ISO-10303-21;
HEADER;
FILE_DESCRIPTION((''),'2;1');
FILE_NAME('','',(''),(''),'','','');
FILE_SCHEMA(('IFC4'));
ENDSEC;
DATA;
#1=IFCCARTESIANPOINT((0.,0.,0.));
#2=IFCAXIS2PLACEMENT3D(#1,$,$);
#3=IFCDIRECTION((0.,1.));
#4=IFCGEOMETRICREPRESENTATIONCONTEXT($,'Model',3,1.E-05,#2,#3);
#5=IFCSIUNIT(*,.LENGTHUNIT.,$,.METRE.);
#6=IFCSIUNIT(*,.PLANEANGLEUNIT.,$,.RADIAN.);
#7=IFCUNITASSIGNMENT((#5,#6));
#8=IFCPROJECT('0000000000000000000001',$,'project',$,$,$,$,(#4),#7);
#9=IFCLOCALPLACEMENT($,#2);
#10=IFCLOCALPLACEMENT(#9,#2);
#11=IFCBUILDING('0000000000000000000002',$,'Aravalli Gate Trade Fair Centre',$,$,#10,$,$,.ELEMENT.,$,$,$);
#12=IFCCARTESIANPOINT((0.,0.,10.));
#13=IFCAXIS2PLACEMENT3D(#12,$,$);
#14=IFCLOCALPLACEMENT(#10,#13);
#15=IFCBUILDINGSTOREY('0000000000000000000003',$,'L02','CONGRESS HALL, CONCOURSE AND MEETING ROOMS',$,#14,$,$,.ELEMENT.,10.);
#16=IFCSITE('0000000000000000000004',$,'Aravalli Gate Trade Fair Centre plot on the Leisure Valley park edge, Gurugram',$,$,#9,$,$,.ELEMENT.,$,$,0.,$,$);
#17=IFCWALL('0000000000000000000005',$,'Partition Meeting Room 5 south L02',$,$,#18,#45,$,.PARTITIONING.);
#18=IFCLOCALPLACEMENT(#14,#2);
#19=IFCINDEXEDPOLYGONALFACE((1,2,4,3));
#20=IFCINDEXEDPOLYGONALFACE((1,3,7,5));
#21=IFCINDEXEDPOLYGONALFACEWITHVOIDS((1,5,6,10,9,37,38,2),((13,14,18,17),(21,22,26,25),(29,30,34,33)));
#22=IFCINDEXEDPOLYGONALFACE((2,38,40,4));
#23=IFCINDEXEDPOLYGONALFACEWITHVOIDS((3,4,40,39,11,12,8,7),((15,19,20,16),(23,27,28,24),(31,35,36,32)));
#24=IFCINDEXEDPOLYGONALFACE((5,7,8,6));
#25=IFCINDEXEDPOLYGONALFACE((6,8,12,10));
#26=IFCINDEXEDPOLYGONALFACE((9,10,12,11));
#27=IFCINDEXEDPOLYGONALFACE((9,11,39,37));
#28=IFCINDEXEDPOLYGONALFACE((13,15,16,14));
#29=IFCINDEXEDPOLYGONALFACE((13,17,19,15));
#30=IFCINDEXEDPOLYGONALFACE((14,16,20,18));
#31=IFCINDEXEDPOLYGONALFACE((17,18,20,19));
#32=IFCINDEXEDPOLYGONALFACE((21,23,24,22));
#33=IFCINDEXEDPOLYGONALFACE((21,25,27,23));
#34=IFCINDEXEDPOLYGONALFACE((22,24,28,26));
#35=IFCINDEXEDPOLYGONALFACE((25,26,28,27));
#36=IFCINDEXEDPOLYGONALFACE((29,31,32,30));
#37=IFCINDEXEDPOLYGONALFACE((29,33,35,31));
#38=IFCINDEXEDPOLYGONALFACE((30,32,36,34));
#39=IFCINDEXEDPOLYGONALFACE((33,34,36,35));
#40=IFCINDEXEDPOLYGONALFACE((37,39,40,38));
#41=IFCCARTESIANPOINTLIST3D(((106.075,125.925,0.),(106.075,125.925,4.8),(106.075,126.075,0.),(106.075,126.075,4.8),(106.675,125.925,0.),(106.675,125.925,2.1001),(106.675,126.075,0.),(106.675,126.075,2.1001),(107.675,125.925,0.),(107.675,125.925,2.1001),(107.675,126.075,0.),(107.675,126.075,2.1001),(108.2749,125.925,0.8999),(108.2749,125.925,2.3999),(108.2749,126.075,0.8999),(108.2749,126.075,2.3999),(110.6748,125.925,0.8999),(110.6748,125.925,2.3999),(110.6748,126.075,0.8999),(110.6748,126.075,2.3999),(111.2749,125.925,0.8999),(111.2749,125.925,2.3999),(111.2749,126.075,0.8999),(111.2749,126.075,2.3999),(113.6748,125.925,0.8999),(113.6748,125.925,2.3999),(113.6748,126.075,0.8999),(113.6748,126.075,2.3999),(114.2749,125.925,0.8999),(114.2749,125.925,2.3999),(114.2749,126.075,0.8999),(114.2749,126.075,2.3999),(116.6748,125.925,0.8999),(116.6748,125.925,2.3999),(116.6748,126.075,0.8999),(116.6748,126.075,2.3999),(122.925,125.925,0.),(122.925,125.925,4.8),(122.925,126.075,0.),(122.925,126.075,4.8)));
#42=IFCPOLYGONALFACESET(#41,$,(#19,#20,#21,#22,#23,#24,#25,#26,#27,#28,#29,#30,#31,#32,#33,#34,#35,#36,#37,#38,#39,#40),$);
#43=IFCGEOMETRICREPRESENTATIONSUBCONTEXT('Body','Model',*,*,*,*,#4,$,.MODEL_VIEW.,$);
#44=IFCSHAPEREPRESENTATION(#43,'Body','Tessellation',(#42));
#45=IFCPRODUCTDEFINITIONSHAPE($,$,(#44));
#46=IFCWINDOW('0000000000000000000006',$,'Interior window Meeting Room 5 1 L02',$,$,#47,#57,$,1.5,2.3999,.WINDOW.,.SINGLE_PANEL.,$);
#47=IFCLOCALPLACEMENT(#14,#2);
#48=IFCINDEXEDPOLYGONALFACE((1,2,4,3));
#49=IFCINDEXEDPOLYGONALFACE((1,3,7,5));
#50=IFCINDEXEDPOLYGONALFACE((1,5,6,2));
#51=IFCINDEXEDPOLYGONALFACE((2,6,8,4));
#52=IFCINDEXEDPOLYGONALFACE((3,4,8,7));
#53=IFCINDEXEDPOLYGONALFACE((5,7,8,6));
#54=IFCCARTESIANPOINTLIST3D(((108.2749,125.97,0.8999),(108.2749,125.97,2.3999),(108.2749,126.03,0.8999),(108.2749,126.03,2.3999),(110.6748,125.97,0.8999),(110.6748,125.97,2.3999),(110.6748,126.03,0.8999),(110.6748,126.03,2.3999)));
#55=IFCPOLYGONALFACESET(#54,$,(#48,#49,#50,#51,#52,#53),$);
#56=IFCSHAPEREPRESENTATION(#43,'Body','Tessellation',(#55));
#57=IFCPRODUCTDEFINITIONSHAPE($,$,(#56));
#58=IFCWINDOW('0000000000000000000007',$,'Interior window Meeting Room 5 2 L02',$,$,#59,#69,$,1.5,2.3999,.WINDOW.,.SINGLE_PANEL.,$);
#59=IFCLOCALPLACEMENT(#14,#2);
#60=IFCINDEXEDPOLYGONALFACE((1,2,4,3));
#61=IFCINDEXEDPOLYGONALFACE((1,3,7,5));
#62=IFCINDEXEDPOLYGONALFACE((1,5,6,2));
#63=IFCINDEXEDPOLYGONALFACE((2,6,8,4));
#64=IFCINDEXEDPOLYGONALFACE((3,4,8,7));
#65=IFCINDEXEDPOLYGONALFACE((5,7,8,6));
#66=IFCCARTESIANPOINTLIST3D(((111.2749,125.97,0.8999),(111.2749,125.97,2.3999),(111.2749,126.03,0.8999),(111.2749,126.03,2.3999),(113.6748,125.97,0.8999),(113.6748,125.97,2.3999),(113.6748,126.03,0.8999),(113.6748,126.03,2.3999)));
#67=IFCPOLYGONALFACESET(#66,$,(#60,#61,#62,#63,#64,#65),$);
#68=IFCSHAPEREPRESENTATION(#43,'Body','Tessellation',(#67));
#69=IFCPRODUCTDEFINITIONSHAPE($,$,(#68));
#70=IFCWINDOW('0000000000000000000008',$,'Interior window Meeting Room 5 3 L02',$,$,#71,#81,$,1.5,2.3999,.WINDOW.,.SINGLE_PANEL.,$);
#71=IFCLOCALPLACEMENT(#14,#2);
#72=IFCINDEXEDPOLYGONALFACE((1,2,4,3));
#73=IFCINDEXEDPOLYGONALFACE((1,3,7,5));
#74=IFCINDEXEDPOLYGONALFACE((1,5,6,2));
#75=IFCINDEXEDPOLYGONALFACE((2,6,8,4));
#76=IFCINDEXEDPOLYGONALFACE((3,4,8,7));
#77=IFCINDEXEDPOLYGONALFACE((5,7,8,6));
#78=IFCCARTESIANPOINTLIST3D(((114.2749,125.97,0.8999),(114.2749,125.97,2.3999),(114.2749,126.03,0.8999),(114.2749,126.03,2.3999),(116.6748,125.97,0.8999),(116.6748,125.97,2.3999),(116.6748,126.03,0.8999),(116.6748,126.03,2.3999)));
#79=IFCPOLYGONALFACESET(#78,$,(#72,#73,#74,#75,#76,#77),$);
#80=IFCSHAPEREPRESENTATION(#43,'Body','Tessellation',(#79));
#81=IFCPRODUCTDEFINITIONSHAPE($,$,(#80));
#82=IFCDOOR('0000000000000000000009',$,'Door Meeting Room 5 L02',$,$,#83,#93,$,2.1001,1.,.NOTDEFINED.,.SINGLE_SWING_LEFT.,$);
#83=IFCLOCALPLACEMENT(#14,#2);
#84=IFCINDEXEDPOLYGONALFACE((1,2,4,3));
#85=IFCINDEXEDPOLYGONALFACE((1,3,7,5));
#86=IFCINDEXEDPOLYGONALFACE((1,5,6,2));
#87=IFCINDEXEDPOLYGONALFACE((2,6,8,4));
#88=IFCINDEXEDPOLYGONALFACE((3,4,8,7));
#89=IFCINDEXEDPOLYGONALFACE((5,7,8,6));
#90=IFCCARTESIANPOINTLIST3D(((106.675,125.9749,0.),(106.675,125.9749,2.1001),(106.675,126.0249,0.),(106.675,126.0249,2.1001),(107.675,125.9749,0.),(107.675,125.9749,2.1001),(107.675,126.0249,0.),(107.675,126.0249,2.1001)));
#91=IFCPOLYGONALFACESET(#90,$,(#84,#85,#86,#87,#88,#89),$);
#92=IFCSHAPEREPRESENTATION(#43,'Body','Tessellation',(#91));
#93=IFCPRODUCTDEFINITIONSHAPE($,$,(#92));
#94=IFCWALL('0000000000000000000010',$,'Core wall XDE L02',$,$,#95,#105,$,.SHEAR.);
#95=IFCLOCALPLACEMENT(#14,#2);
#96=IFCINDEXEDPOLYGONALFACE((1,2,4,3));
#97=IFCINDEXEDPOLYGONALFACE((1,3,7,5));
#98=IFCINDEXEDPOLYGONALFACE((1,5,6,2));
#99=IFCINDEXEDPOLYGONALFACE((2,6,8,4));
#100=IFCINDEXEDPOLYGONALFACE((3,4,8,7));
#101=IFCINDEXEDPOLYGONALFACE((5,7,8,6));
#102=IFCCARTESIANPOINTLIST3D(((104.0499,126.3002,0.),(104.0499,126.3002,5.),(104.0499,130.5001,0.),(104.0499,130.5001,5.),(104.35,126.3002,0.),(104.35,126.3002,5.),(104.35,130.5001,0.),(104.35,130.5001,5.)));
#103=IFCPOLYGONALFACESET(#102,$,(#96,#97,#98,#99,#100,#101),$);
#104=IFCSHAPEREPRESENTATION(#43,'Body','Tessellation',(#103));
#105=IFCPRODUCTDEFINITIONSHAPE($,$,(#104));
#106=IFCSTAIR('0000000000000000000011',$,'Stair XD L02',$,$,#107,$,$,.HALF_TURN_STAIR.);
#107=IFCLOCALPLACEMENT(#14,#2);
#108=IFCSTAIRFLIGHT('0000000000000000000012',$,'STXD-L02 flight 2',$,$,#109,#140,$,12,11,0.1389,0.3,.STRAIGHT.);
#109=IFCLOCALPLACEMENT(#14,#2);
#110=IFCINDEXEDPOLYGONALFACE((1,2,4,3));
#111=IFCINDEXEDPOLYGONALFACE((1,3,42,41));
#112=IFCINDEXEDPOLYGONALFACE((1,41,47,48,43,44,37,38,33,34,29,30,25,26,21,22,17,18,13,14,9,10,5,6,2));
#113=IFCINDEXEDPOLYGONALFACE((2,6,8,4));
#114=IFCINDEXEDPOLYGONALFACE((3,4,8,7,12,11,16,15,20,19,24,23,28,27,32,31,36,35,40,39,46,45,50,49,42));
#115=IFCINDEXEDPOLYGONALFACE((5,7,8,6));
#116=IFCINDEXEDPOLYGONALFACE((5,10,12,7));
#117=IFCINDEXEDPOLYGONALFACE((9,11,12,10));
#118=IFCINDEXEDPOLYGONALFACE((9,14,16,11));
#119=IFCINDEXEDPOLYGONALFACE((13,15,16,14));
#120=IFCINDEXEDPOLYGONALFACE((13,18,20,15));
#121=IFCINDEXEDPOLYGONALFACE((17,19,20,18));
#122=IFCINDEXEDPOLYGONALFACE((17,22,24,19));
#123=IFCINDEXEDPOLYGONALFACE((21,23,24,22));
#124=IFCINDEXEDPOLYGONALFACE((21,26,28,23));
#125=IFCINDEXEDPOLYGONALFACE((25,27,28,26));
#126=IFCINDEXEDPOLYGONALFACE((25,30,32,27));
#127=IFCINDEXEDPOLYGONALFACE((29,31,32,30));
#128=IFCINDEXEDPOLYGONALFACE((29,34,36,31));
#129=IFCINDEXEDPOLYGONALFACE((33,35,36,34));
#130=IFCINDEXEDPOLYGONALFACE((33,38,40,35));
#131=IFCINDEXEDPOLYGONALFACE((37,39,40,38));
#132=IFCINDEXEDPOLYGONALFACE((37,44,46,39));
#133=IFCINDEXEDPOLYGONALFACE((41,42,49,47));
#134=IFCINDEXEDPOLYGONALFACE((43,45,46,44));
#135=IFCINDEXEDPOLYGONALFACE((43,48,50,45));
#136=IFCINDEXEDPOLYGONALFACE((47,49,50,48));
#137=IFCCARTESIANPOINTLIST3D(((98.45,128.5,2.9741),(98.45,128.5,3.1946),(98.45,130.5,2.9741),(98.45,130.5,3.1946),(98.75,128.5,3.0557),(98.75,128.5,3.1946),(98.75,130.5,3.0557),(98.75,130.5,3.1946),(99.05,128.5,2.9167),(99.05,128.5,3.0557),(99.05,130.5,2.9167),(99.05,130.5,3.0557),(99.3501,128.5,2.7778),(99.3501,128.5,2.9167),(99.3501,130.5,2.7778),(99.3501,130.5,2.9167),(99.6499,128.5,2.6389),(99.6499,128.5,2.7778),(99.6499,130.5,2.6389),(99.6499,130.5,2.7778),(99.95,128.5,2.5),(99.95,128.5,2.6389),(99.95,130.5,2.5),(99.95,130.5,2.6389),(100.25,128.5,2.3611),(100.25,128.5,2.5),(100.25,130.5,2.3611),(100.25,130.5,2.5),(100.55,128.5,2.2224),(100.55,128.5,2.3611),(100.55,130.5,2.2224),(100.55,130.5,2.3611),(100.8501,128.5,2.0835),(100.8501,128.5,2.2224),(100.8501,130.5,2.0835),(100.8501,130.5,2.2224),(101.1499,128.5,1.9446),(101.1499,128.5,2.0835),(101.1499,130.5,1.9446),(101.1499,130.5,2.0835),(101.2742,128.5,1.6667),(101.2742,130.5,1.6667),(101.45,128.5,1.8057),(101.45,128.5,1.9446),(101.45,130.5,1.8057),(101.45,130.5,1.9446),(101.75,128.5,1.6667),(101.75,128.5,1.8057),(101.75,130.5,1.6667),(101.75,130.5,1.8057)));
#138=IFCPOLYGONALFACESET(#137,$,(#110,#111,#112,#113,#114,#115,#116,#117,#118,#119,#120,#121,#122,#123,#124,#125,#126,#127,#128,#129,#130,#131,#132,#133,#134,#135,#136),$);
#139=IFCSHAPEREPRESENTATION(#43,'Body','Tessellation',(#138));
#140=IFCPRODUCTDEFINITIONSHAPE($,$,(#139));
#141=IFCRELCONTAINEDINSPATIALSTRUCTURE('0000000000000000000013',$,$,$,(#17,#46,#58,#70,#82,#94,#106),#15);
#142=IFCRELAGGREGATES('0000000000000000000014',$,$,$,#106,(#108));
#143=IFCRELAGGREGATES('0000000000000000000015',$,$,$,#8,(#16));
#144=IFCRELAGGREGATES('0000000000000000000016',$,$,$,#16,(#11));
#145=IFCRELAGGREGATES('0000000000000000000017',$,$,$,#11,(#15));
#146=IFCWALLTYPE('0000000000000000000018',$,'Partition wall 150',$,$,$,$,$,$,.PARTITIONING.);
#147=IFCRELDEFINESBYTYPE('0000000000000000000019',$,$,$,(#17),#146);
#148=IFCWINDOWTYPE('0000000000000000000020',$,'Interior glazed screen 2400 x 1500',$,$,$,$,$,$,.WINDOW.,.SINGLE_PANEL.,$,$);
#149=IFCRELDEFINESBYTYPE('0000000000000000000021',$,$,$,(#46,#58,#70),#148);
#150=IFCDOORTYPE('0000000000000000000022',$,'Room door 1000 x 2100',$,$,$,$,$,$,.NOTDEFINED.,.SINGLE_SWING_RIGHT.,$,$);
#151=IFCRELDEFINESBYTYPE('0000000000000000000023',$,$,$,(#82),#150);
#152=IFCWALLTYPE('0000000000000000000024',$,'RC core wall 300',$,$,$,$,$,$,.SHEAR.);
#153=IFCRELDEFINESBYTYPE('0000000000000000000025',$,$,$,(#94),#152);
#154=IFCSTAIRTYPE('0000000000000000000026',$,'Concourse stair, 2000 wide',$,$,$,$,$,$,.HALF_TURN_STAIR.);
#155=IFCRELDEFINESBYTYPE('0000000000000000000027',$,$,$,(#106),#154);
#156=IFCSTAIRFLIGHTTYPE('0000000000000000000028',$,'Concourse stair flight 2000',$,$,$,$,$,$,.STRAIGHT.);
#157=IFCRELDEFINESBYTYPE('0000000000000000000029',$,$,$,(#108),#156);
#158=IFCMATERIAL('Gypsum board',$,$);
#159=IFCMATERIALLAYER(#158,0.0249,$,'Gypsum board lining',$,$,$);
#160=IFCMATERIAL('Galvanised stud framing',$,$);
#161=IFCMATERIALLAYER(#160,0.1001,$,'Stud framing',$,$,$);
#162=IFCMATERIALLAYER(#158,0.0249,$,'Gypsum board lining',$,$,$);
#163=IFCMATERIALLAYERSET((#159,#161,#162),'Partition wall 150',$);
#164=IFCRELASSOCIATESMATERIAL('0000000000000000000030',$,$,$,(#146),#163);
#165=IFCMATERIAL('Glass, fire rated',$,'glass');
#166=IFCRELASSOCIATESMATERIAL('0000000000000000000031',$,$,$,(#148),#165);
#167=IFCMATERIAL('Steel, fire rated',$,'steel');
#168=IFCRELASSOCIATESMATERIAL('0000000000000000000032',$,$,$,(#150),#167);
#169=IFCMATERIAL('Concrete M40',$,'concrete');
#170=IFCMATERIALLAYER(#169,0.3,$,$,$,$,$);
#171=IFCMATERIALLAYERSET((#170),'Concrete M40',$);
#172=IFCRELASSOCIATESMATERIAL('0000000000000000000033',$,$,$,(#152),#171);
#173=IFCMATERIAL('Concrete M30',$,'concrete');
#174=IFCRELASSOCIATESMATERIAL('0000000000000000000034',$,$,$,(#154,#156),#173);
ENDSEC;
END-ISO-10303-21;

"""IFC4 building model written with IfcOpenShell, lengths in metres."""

from ifc_helpers import new_model, si_unit, direction, frame, frame_2d, origin, place, context, subcontext, project, spatial, polyline, rectangle, outline, extrude, material, layer, layer_set, type_object, element, fill, aggregate, save


model = new_model("IFC4")

# Units and contexts
model_context = context("Model", 3, precision=1e-05, world=origin(), true_north=direction((0.0, 1.0)))
body_context = subcontext(model_context, "Body", "Model", "MODEL_VIEW")
ifc_project = project(units=[si_unit("LENGTHUNIT", "METRE"), si_unit("PLANEANGLEUNIT", "RADIAN")], contexts=[model_context])

# Site, building, storey
site_placement = place(None, origin())
site = spatial("IfcSite", under=ifc_project, at=site_placement, Name="Aravalli Gate Trade Fair Centre plot on the Leisure Valley park edge, Gurugram", CompositionType="ELEMENT", RefElevation=0.0)
building_placement = place(site_placement, origin())
building = spatial("IfcBuilding", under=site, at=building_placement, Name="Aravalli Gate Trade Fair Centre", CompositionType="ELEMENT")
storey_placement = place(building_placement, frame((0.0, 0.0, 10.0)))
storey = spatial("IfcBuildingStorey", under=building, at=storey_placement, Name="L02", Description="CONGRESS HALL, CONCOURSE AND MEETING ROOMS", CompositionType="ELEMENT", Elevation=10.0)

# Shared definitions
ifc_material_1 = material(Name="Concrete M40", Category="concrete")

# Wall, openings, windows, door
ifc_material_2 = material(Name="Gypsum board")
ifc_layer_1 = layer(ifc_material_2, 0.0249, Name="Gypsum board lining")
ifc_material_3 = material(Name="Galvanised stud framing")
ifc_layer_2 = layer(ifc_material_3, 0.1001, Name="Stud framing")
ifc_layer_3 = layer(ifc_material_2, 0.0249, Name="Gypsum board lining")
ifc_layer_set_1 = layer_set([ifc_layer_1, ifc_layer_2, ifc_layer_3], Name="Partition wall 150")
wall_type_1 = type_object("IfcWallType", Name="Partition wall 150", PredefinedType="PARTITIONING", material=ifc_layer_set_1)
wall_1_placement = place(storey_placement, frame((106.075, 126.0, 0.0), z_axis=(0.0, 0.0, 1.0), x_axis=(1.0, 0.0, 0.0)))
wall_1 = element("IfcWall", 1, at=wall_1_placement, inside=storey, type_object=wall_type_1, Name="Partition Meeting Room 5 south L02", PredefinedType="PARTITIONING", context=body_context, shape_type="SweptSolid", body=[
    extrude(rectangle(XDim=16.8501, YDim=0.1499, at=frame_2d((8.425, 0.0))), origin(), (0.0, 0.0, 1.0), 4.8),
])
opening_1_placement = place(wall_1_placement, frame((0.6001, 0.0, 0.0)))
opening_1 = element("IfcOpeningElement", 2, at=opening_1_placement, cuts=wall_1, PredefinedType="OPENING", context=body_context, shape_type="SweptSolid", body=[
    extrude(rectangle(XDim=1.0, YDim=2.1001, at=frame_2d((0.5, 1.05))), frame((0.0, 0.085, 0.0), z_axis=(0.0, -1.0, 0.0), x_axis=(1.0, 0.0, 0.0)), (0.0, 0.0, 1.0), 0.1699),
])
opening_2_placement = place(wall_1_placement, frame((2.2, 0.0, 0.8999)))
opening_2 = element("IfcOpeningElement", 3, at=opening_2_placement, cuts=wall_1, PredefinedType="OPENING", context=body_context, shape_type="SweptSolid", body=[
    extrude(rectangle(XDim=2.3999, YDim=1.5, at=frame_2d((1.2, 0.75))), frame((0.0, 0.085, 0.0), z_axis=(0.0, -1.0, 0.0), x_axis=(1.0, 0.0, 0.0)), (0.0, 0.0, 1.0), 0.1699),
])
opening_3_placement = place(wall_1_placement, frame((5.2, 0.0, 0.8999)))
opening_3 = element("IfcOpeningElement", 4, at=opening_3_placement, cuts=wall_1, PredefinedType="OPENING", context=body_context, shape_type="SweptSolid", body=[
    extrude(rectangle(XDim=2.3999, YDim=1.5, at=frame_2d((1.2, 0.75))), frame((0.0, 0.085, 0.0), z_axis=(0.0, -1.0, 0.0), x_axis=(1.0, 0.0, 0.0)), (0.0, 0.0, 1.0), 0.1699),
])
opening_4_placement = place(wall_1_placement, frame((8.2, 0.0, 0.8999)))
opening_4 = element("IfcOpeningElement", 5, at=opening_4_placement, cuts=wall_1, PredefinedType="OPENING", context=body_context, shape_type="SweptSolid", body=[
    extrude(rectangle(XDim=2.3999, YDim=1.5, at=frame_2d((1.2, 0.75))), frame((0.0, 0.085, 0.0), z_axis=(0.0, -1.0, 0.0), x_axis=(1.0, 0.0, 0.0)), (0.0, 0.0, 1.0), 0.1699),
])
ifc_material_4 = material(Name="Glass, fire rated", Category="glass")
window_type_1 = type_object("IfcWindowType", Name="Interior glazed screen 2400 x 1500", PartitioningType="SINGLE_PANEL", PredefinedType="WINDOW", material=ifc_material_4)
window_1_placement = place(opening_2_placement, origin())
window_1 = element("IfcWindow", 6, at=window_1_placement, inside=storey, type_object=window_type_1, Name="Interior window Meeting Room 5 1 L02", OverallHeight=1.5, OverallWidth=2.3999, PartitioningType="SINGLE_PANEL", PredefinedType="WINDOW", context=body_context, shape_type="SweptSolid", body=[
    extrude(rectangle(XDim=2.3999, YDim=1.5, at=frame_2d((1.2, 0.75))), frame((0.0, 0.03, 0.0), z_axis=(0.0, -1.0, 0.0), x_axis=(1.0, 0.0, 0.0)), (0.0, 0.0, 1.0), 0.0601),
])
fill(opening_2, window_1)
window_2_placement = place(opening_3_placement, origin())
window_2 = element("IfcWindow", 7, at=window_2_placement, inside=storey, type_object=window_type_1, Name="Interior window Meeting Room 5 2 L02", OverallHeight=1.5, OverallWidth=2.3999, PartitioningType="SINGLE_PANEL", PredefinedType="WINDOW", context=body_context, shape_type="SweptSolid", body=[
    extrude(rectangle(XDim=2.3999, YDim=1.5, at=frame_2d((1.2, 0.75))), frame((0.0, 0.03, 0.0), z_axis=(0.0, -1.0, 0.0), x_axis=(1.0, 0.0, 0.0)), (0.0, 0.0, 1.0), 0.0601),
])
fill(opening_3, window_2)
window_3_placement = place(opening_4_placement, origin())
window_3 = element("IfcWindow", 8, at=window_3_placement, inside=storey, type_object=window_type_1, Name="Interior window Meeting Room 5 3 L02", OverallHeight=1.5, OverallWidth=2.3999, PartitioningType="SINGLE_PANEL", PredefinedType="WINDOW", context=body_context, shape_type="SweptSolid", body=[
    extrude(rectangle(XDim=2.3999, YDim=1.5, at=frame_2d((1.2, 0.75))), frame((0.0, 0.03, 0.0), z_axis=(0.0, -1.0, 0.0), x_axis=(1.0, 0.0, 0.0)), (0.0, 0.0, 1.0), 0.0601),
])
fill(opening_4, window_3)
ifc_material_5 = material(Name="Steel, fire rated", Category="steel")
door_type = type_object("IfcDoorType", Name="Room door 1000 x 2100", OperationType="SINGLE_SWING_RIGHT", PredefinedType="NOTDEFINED", material=ifc_material_5)
door_placement = place(opening_1_placement, origin())
door = element("IfcDoor", 9, at=door_placement, inside=storey, type_object=door_type, Name="Door Meeting Room 5 L02", OperationType="SINGLE_SWING_LEFT", OverallHeight=2.1001, OverallWidth=1.0, PredefinedType="NOTDEFINED", context=body_context, shape_type="SweptSolid", body=[
    extrude(rectangle(XDim=1.0, YDim=2.1001, at=frame_2d((0.5, 1.05))), frame((0.0, 0.0249, 0.0), z_axis=(0.0, -1.0, 0.0), x_axis=(1.0, 0.0, 0.0)), (0.0, 0.0, 1.0), 0.05),
])
fill(opening_1, door)

# Wall
ifc_layer_4 = layer(ifc_material_1, 0.3)
ifc_layer_set_2 = layer_set([ifc_layer_4], Name="Concrete M40")
wall_type_2 = type_object("IfcWallType", Name="RC core wall 300", PredefinedType="SHEAR", material=ifc_layer_set_2)
wall_2_placement = place(storey_placement, frame((104.2, 126.3, 0.0), z_axis=(0.0, 0.0, 1.0), x_axis=(0.0, 1.0, 0.0)))
element("IfcWall", 10, at=wall_2_placement, inside=storey, type_object=wall_type_2, Name="Core wall XDE L02", PredefinedType="SHEAR", context=body_context, shape_type="SweptSolid", body=[
    extrude(rectangle(XDim=4.2, YDim=0.3, at=frame_2d((2.1001, 0.0))), origin(), (0.0, 0.0, 1.0), 5.0),
])

# Stair, stair flight
ifc_material_6 = material(Name="Concrete M30", Category="concrete")
stair_type = type_object("IfcStairType", Name="Concourse stair, 2000 wide", PredefinedType="HALF_TURN_STAIR", material=ifc_material_6)
stair_placement = place(storey_placement, origin())
stair = element("IfcStair", 11, at=stair_placement, inside=storey, type_object=stair_type, Name="Stair XD L02", PredefinedType="HALF_TURN_STAIR")
stair_flight_type = type_object("IfcStairFlightType", Name="Concourse stair flight 2000", PredefinedType="STRAIGHT", material=ifc_material_6)
stair_flight_placement = place(storey_placement, frame((101.75, 129.5, 1.6667), z_axis=(0.0, 0.0, 1.0), x_axis=(-1.0, 0.0, 0.0)))
stair_flight = element("IfcStairFlight", 12, at=stair_flight_placement, type_object=stair_flight_type, Name="STXD-L02 flight 2", NumberOfRisers=12, NumberOfTreads=11, PredefinedType="STRAIGHT", RiserHeight=0.1389, TreadLength=0.3, context=body_context, shape_type="SweptSolid", body=[
    extrude(outline(polyline([(0.0, 0.0), (0.0, 0.1389), (0.3, 0.1389), (0.3, 0.2778), (0.6001, 0.2778), (0.6001, 0.4167), (0.8999, 0.4167), (0.8999, 0.5557), (1.2, 0.5557), (1.2, 0.6943), (1.5, 0.6943), (1.5, 0.8333), (1.8, 0.8333), (1.8, 0.9722), (2.1001, 0.9722), (2.1001, 1.1111), (2.3999, 1.1111), (2.3999, 1.25), (2.7, 1.25), (2.7, 1.3889), (3.0, 1.3889), (3.0, 1.5278), (3.3, 1.5278), (3.3, 1.6667), (3.3, 1.3074), (0.4758, 0.0), (0.0, 0.0)])), frame((0.0, 1.0, 0.0), z_axis=(0.0, -1.0, 0.0), x_axis=(1.0, 0.0, 0.0)), (0.0, 0.0, 1.0), 2.0),
])
aggregate(stair, [stair_flight])

save(model, "model.ifc")
